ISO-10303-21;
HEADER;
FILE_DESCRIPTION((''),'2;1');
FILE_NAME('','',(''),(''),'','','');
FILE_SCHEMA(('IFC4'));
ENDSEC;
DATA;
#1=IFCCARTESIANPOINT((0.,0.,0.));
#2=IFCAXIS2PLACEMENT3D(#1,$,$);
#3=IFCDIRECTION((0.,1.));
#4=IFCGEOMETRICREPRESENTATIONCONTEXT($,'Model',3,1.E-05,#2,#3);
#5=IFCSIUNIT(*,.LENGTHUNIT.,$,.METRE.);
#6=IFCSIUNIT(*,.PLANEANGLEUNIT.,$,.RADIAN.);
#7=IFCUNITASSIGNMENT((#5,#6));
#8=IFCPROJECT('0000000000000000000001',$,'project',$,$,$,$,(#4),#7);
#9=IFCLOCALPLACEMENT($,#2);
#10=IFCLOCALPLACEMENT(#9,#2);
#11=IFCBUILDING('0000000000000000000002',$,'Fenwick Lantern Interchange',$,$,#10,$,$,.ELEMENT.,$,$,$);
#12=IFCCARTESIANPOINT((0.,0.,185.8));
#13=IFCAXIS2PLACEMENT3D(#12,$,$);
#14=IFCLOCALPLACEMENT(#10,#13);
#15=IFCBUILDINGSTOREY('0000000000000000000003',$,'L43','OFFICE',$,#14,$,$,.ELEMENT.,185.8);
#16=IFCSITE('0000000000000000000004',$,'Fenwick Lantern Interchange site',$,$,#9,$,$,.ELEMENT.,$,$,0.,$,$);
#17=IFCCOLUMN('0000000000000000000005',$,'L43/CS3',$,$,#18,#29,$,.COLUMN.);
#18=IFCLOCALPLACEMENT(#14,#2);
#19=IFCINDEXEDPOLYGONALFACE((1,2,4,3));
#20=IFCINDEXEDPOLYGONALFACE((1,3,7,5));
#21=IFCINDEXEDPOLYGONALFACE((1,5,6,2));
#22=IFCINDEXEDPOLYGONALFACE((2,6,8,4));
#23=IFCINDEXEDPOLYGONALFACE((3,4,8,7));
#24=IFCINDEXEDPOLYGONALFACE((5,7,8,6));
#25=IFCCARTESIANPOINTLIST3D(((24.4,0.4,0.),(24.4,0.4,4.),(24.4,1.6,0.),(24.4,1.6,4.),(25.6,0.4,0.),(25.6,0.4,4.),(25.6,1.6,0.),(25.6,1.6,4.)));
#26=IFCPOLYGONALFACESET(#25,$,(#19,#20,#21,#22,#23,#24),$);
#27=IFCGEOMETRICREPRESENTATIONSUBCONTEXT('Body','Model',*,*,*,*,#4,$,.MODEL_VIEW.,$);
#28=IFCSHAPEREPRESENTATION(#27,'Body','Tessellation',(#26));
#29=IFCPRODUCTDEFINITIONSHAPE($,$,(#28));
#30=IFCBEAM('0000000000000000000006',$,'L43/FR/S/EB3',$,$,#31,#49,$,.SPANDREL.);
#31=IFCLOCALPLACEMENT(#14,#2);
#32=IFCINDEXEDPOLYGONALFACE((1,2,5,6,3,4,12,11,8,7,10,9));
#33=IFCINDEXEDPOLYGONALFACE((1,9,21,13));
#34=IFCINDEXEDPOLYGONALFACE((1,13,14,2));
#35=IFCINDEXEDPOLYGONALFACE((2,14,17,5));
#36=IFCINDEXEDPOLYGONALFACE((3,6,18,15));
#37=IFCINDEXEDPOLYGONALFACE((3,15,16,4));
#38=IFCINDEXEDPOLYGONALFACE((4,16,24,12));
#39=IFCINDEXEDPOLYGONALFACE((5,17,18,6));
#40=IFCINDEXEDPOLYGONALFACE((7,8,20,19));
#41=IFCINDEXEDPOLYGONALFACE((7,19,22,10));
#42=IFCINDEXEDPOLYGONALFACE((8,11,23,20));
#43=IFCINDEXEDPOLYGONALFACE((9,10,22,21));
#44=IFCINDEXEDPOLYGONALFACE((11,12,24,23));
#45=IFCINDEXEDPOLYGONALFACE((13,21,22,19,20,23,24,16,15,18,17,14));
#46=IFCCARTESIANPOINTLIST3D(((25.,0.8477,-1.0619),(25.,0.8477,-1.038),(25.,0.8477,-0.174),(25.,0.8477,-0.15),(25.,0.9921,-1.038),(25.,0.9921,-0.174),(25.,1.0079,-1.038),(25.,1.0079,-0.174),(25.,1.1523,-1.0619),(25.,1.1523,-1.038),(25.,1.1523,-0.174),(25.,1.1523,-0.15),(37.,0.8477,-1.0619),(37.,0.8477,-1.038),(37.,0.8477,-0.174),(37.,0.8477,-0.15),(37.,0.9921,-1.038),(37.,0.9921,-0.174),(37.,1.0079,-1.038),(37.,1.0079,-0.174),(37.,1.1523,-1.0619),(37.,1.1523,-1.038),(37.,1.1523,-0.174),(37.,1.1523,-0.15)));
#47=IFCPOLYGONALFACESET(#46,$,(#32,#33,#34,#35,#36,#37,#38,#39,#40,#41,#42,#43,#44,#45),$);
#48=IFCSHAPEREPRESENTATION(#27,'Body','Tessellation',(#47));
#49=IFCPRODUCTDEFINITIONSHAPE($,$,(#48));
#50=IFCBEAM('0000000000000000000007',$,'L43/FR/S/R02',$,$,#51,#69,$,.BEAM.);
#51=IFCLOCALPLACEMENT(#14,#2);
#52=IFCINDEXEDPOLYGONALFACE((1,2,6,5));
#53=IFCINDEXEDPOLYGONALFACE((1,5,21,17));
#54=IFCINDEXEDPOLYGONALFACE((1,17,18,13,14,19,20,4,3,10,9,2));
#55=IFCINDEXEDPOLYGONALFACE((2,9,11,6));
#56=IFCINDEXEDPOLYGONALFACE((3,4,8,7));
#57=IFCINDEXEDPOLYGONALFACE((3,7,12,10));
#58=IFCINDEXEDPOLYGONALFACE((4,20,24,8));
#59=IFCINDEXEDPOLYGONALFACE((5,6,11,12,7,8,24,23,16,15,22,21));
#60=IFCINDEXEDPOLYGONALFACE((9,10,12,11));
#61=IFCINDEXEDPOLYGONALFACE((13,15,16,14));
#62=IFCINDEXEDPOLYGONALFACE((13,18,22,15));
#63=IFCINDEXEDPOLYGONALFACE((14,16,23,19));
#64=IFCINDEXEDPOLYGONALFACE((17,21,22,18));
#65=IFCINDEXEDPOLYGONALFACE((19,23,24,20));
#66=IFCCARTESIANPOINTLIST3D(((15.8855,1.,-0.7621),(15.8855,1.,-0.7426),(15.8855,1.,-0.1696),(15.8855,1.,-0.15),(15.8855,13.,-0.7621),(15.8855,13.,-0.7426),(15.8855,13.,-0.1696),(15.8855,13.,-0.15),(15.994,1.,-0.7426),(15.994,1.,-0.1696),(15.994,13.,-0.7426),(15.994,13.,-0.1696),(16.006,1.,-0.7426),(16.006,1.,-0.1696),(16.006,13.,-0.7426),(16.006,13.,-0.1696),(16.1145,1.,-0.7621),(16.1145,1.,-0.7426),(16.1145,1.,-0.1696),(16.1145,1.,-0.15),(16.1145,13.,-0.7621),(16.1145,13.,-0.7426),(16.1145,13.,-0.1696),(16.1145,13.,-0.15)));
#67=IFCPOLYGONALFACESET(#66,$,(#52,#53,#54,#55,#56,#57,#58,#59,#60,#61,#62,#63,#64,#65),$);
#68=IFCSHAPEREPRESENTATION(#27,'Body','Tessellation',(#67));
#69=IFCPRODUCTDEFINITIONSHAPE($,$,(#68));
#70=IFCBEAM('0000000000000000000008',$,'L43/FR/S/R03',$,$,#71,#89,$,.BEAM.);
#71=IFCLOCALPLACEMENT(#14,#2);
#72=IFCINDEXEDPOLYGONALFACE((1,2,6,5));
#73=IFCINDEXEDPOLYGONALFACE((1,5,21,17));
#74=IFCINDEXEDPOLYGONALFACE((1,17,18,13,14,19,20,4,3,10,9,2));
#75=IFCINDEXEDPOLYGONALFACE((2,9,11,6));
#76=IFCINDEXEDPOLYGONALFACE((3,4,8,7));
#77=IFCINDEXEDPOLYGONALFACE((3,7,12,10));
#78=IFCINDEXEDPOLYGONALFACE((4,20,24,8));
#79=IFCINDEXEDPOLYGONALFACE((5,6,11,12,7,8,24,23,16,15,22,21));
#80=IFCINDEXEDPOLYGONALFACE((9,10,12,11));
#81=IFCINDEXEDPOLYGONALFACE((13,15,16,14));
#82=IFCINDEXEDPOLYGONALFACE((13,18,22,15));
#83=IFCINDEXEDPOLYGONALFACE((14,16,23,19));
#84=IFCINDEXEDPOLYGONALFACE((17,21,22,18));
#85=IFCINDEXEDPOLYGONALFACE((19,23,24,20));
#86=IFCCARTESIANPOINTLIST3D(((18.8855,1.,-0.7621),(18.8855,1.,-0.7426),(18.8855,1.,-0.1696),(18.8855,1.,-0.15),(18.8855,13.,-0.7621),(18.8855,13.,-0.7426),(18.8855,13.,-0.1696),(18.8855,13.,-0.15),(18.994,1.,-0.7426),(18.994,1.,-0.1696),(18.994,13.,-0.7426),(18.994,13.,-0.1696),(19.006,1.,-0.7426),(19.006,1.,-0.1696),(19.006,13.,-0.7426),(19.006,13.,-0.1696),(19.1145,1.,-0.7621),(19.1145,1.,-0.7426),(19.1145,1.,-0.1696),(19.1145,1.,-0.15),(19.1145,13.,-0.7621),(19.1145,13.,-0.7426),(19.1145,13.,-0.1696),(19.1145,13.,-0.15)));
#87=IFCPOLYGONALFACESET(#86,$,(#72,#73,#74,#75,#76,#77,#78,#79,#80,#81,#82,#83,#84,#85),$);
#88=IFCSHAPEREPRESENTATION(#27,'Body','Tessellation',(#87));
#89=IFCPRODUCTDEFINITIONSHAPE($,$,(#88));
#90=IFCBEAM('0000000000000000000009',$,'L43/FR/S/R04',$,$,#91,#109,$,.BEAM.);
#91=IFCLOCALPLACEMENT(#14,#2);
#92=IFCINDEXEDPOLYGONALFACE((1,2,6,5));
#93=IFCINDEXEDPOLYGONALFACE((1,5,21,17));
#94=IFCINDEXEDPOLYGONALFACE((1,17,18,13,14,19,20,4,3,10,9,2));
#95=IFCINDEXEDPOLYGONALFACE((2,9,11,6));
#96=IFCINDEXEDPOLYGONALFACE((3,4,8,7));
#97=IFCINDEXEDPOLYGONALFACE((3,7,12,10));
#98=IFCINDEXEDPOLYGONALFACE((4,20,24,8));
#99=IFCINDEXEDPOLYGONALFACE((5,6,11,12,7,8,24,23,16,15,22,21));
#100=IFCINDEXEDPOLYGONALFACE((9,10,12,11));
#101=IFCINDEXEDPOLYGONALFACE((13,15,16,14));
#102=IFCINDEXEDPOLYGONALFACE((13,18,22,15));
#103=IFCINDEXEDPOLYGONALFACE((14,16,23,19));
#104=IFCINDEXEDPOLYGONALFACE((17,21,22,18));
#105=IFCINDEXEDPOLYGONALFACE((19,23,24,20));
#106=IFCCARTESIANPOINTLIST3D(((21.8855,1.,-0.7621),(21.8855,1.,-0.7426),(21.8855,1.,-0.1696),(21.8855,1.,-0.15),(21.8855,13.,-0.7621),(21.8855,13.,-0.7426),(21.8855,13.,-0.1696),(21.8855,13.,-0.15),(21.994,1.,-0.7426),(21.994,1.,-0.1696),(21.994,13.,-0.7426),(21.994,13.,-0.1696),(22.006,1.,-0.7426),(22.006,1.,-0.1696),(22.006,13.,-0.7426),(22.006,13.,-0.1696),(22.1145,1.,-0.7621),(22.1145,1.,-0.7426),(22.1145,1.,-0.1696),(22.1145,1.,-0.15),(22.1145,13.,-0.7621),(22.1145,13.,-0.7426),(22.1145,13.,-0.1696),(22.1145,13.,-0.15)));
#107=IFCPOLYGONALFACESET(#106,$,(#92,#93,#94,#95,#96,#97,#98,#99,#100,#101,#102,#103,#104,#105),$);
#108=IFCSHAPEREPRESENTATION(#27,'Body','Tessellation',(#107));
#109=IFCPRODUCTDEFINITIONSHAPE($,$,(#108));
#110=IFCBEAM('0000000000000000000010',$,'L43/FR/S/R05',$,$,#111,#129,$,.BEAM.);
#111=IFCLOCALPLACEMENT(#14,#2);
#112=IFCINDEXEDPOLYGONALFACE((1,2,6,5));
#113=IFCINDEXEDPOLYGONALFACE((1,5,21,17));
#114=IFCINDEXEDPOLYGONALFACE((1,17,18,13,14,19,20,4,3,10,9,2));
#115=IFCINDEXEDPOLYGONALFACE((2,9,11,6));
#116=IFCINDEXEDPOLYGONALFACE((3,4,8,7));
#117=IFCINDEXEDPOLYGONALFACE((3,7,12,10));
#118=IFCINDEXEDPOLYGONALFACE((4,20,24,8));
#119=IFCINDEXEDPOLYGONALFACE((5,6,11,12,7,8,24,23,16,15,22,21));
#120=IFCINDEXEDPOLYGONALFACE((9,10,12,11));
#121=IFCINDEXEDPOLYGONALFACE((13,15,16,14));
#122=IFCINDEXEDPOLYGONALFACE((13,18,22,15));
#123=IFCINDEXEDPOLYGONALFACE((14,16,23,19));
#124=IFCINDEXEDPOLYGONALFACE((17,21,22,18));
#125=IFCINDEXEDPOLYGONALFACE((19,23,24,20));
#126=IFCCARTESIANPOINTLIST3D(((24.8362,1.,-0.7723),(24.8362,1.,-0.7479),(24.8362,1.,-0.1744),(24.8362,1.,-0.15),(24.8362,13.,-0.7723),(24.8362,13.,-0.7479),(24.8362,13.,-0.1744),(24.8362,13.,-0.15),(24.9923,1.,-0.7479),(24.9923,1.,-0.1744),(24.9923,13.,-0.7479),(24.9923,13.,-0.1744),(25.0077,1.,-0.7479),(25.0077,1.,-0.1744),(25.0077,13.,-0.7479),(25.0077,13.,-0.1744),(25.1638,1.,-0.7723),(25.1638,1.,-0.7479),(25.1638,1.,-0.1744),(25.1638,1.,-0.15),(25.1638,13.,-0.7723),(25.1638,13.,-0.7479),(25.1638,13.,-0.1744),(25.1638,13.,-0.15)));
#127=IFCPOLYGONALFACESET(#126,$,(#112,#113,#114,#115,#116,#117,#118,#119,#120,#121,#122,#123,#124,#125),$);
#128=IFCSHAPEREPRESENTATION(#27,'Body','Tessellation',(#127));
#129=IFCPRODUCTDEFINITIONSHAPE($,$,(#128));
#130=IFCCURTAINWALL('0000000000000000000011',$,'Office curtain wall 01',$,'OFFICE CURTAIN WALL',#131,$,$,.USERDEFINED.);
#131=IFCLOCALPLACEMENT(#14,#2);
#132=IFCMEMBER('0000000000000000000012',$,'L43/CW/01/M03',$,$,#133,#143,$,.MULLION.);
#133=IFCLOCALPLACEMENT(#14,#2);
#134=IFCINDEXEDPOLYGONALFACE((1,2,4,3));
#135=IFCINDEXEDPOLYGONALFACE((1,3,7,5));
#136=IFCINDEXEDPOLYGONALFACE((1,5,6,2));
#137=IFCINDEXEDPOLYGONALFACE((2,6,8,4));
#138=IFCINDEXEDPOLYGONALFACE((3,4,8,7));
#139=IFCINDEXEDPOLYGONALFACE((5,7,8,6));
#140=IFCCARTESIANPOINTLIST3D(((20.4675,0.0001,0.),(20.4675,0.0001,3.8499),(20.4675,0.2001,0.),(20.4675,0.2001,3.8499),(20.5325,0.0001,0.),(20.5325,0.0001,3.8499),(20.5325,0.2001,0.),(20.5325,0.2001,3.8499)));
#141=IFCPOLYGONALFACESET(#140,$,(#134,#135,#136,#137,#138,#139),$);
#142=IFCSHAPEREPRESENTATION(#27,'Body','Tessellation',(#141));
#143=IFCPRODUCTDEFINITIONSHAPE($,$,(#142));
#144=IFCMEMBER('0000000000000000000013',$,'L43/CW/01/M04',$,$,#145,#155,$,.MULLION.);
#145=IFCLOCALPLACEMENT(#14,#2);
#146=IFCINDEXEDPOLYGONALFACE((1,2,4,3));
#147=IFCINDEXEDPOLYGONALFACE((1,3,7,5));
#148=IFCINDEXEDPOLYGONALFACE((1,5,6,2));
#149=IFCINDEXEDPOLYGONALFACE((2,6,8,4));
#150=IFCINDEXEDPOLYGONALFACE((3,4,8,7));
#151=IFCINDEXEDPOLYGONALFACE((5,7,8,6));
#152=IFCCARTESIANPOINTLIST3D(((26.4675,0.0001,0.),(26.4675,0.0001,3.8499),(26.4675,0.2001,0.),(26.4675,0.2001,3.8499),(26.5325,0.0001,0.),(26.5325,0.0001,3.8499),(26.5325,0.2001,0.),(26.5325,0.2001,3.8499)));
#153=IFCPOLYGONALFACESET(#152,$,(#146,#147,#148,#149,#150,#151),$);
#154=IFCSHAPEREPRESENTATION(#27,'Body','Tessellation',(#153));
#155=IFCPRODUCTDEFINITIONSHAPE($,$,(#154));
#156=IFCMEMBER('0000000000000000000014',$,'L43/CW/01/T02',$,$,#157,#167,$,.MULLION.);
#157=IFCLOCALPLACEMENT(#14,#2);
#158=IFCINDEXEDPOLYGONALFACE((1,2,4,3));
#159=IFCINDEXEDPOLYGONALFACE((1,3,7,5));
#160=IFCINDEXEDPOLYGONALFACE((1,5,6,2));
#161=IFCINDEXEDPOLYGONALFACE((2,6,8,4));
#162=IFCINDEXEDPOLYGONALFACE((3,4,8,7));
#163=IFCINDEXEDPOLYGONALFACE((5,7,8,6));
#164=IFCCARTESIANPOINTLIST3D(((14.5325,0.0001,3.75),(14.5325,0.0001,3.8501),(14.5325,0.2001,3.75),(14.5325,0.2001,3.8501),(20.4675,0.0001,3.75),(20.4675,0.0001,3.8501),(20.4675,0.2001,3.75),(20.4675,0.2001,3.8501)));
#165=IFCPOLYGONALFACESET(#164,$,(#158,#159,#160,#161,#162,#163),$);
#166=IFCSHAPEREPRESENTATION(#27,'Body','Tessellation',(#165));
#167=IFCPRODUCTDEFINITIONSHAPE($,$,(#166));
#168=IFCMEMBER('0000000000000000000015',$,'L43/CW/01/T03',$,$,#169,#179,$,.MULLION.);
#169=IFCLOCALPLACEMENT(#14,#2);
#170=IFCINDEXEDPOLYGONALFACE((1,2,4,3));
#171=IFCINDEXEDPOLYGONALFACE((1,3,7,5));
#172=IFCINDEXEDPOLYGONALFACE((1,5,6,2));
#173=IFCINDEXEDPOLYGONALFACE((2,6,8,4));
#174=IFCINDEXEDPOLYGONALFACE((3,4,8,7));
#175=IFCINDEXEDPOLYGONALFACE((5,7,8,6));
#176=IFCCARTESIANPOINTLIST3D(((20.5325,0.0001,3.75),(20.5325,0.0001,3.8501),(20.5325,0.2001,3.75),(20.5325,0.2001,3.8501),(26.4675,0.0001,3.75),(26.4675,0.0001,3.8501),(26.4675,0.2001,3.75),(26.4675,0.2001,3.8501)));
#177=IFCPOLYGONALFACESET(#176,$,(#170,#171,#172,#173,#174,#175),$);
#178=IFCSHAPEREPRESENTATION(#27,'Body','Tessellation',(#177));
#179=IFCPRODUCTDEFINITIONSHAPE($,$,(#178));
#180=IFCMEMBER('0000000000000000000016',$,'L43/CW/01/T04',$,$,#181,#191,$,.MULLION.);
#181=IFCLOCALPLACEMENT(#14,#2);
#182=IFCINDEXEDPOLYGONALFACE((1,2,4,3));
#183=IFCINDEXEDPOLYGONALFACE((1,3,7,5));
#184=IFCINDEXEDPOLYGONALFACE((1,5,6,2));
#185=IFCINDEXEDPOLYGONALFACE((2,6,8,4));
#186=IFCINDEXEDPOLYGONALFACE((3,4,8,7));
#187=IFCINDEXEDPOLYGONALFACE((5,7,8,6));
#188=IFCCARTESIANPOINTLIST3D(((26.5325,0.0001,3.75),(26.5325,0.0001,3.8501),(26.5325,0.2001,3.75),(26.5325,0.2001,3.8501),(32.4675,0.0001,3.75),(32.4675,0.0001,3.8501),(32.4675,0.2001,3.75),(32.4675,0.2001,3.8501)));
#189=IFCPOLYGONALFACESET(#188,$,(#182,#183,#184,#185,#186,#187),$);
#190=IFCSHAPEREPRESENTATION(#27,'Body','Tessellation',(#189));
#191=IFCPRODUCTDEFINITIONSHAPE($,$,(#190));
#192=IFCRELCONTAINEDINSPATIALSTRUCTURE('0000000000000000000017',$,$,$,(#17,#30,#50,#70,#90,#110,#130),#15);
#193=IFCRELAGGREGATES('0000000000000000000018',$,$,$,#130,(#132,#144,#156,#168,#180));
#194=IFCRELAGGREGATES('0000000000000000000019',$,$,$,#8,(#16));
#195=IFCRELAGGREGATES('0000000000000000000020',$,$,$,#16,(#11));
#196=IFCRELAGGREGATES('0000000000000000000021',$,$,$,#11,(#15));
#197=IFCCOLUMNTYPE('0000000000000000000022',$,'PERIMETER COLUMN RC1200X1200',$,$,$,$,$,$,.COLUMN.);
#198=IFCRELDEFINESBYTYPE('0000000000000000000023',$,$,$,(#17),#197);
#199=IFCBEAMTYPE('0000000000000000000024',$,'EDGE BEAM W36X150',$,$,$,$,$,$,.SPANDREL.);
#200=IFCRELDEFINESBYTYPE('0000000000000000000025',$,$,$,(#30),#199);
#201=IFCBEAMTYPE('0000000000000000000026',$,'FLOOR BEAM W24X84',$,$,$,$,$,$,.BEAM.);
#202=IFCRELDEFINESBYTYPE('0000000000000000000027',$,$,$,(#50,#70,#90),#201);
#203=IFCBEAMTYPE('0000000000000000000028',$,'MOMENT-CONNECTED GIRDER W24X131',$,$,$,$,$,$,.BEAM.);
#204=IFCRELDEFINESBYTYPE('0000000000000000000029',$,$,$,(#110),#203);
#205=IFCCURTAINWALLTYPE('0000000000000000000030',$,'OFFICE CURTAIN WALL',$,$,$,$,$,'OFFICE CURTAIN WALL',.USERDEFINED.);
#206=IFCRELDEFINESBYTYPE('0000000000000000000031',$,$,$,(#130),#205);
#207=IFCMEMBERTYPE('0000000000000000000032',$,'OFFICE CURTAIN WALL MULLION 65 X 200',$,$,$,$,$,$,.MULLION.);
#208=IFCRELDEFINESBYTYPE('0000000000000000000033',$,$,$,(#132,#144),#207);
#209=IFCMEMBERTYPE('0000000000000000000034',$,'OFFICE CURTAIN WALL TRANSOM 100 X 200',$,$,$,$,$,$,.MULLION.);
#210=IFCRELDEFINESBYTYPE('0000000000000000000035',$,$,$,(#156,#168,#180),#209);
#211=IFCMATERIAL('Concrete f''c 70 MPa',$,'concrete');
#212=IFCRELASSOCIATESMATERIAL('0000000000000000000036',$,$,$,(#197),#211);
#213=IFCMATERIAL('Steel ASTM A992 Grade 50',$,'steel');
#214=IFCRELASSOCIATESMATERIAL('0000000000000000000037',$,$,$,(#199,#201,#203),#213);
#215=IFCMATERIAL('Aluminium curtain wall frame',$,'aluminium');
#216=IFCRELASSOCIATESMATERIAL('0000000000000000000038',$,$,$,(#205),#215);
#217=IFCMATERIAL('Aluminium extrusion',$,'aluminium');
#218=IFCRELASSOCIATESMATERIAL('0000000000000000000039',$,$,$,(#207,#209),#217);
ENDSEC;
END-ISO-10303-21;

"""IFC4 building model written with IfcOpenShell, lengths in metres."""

from ifc_helpers import new_model, si_unit, direction, frame, origin, origin_2d, place, context, subcontext, project, spatial, rectangle, i_section, extrude, material, material_profile, profile_set, type_object, element, aggregate, save


model = new_model("IFC4")

# Units and contexts
model_context = context("Model", 3, precision=1e-05, world=origin(), true_north=direction((0.0, 1.0)))
body_context = subcontext(model_context, "Body", "Model", "MODEL_VIEW")
ifc_project = project(units=[si_unit("LENGTHUNIT", "METRE"), si_unit("PLANEANGLEUNIT", "RADIAN")], contexts=[model_context])

# Site, building, storey
site_placement = place(None, origin())
site = spatial("IfcSite", under=ifc_project, at=site_placement, Name="Fenwick Lantern Interchange site", CompositionType="ELEMENT", RefElevation=0.0)
building_placement = place(site_placement, origin())
building = spatial("IfcBuilding", under=site, at=building_placement, Name="Fenwick Lantern Interchange", CompositionType="ELEMENT")
storey_placement = place(building_placement, frame((0.0, 0.0, 185.8)))
storey = spatial("IfcBuildingStorey", under=building, at=storey_placement, Name="L43", Description="OFFICE", CompositionType="ELEMENT", Elevation=185.8)

# Column
ifc_material_1 = material(Name="Concrete f'c 70 MPa", Category="concrete")
ifc_material_profile_1 = material_profile(ifc_material_1, rectangle(XDim=1.2, YDim=1.2, at=origin_2d()), Name="RC1200X1200")
ifc_profile_set_1 = profile_set([ifc_material_profile_1], Name="Concrete f'c 70 MPa")
column_type = type_object("IfcColumnType", Name="PERIMETER COLUMN RC1200X1200", PredefinedType="COLUMN", material=ifc_profile_set_1)
column_placement = place(storey_placement, frame((25.0, 1.0, 0.0), z_axis=(0.0, 0.0, 1.0), x_axis=(1.0, 0.0, 0.0)))
element("IfcColumn", 1, at=column_placement, inside=storey, type_object=column_type, Name="L43/CS3", PredefinedType="COLUMN", context=body_context, shape_type="SweptSolid", body=[
    extrude(rectangle(XDim=1.2, YDim=1.2, at=origin_2d()), origin(), (0.0, 0.0, 1.0), 4.0),
])

# Beams
ifc_material_2 = material(Name="Steel ASTM A992 Grade 50", Category="steel")
ifc_material_profile_2 = material_profile(ifc_material_2, i_section(OverallWidth=0.3047, OverallDepth=0.9119, WebThickness=0.0159, FlangeThickness=0.0239, at=origin_2d()), Name="W36X150")
ifc_profile_set_2 = profile_set([ifc_material_profile_2], Name="Steel ASTM A992 Grade 50")
beam_type_1 = type_object("IfcBeamType", Name="EDGE BEAM W36X150", PredefinedType="SPANDREL", material=ifc_profile_set_2)
beam_1_placement = place(storey_placement, frame((25.0, 1.0, -0.606), z_axis=(1.0, 0.0, 0.0), x_axis=(0.0, 1.0, 0.0)))
element("IfcBeam", 2, at=beam_1_placement, inside=storey, type_object=beam_type_1, Name="L43/FR/S/EB3", PredefinedType="SPANDREL", context=body_context, shape_type="SweptSolid", body=[
    extrude(i_section(OverallWidth=0.3047, OverallDepth=0.9119, WebThickness=0.0159, FlangeThickness=0.0239, at=origin_2d()), origin(), (0.0, 0.0, 1.0), 12.0),
])
ifc_material_profile_3 = material_profile(ifc_material_2, i_section(OverallWidth=0.229, OverallDepth=0.6121, WebThickness=0.012, FlangeThickness=0.0195, at=origin_2d()), Name="W24X84")
ifc_profile_set_3 = profile_set([ifc_material_profile_3], Name="Steel ASTM A992 Grade 50")
beam_type_2 = type_object("IfcBeamType", Name="FLOOR BEAM W24X84", PredefinedType="BEAM", material=ifc_profile_set_3)
for number, where, z_axis, x_axis, name in (
    (3, (16.0, 1.0, -0.4561), (0.0, 1.0, 0.0), (-1.0, 0.0, 0.0), "L43/FR/S/R02"),
    (4, (19.0, 1.0, -0.4561), (0.0, 1.0, 0.0), (-1.0, 0.0, 0.0), "L43/FR/S/R03"),
    (5, (22.0, 1.0, -0.4561), (0.0, 1.0, 0.0), (-1.0, 0.0, 0.0), "L43/FR/S/R04"),
):
    element("IfcBeam", number, at=place(storey_placement, frame(where, z_axis=z_axis, x_axis=x_axis)), inside=storey, type_object=beam_type_2, Name=name, PredefinedType="BEAM", context=body_context, shape_type="SweptSolid", body=[
        extrude(i_section(OverallWidth=0.229, OverallDepth=0.6121, WebThickness=0.012, FlangeThickness=0.0195, at=origin_2d()), origin(), (0.0, 0.0, 1.0), 12.0),
    ])
ifc_material_profile_4 = material_profile(ifc_material_2, i_section(OverallWidth=0.3276, OverallDepth=0.6223, WebThickness=0.0154, FlangeThickness=0.0244, at=origin_2d()), Name="W24X131")
ifc_profile_set_4 = profile_set([ifc_material_profile_4], Name="Steel ASTM A992 Grade 50")
beam_type_3 = type_object("IfcBeamType", Name="MOMENT-CONNECTED GIRDER W24X131", PredefinedType="BEAM", material=ifc_profile_set_4)
beam_2_placement = place(storey_placement, frame((25.0, 1.0, -0.4612), z_axis=(0.0, 1.0, 0.0), x_axis=(-1.0, 0.0, 0.0)))
element("IfcBeam", 6, at=beam_2_placement, inside=storey, type_object=beam_type_3, Name="L43/FR/S/R05", PredefinedType="BEAM", context=body_context, shape_type="SweptSolid", body=[
    extrude(i_section(OverallWidth=0.3276, OverallDepth=0.6223, WebThickness=0.0154, FlangeThickness=0.0244, at=origin_2d()), origin(), (0.0, 0.0, 1.0), 12.0),
])

# Curtain wall, members
ifc_material_3 = material(Name="Aluminium curtain wall frame", Category="aluminium")
curtain_wall_type = type_object("IfcCurtainWallType", Name="OFFICE CURTAIN WALL", ElementType="OFFICE CURTAIN WALL", PredefinedType="USERDEFINED", material=ifc_material_3)
curtain_wall_placement = place(storey_placement, origin())
curtain_wall = element("IfcCurtainWall", 7, at=curtain_wall_placement, inside=storey, type_object=curtain_wall_type, Name="Office curtain wall 01", ObjectType="OFFICE CURTAIN WALL", PredefinedType="USERDEFINED")
ifc_material_4 = material(Name="Aluminium extrusion", Category="aluminium")
ifc_material_profile_5 = material_profile(ifc_material_4, rectangle(XDim=0.2, YDim=0.0649, at=origin_2d()), Name="OFFICE CURTAIN WALL MULLION 65 X 200")
ifc_profile_set_5 = profile_set([ifc_material_profile_5], Name="Aluminium extrusion")
member_type_1 = type_object("IfcMemberType", Name="OFFICE CURTAIN WALL MULLION 65 X 200", PredefinedType="MULLION", material=ifc_profile_set_5)
member_1_placement = place(storey_placement, frame((20.5, 0.1001, 0.0), z_axis=(0.0, 0.0, 1.0), x_axis=(0.0, 1.0, 0.0)))
member_1 = element("IfcMember", 8, at=member_1_placement, type_object=member_type_1, Name="L43/CW/01/M03", PredefinedType="MULLION", context=body_context, shape_type="SweptSolid", body=[
    extrude(rectangle(XDim=0.2, YDim=0.0649, at=origin_2d()), origin(), (0.0, 0.0, 1.0), 3.8499),
])
member_2_placement = place(storey_placement, frame((26.5, 0.1001, 0.0), z_axis=(0.0, 0.0, 1.0), x_axis=(0.0, 1.0, 0.0)))
member_2 = element("IfcMember", 9, at=member_2_placement, type_object=member_type_1, Name="L43/CW/01/M04", PredefinedType="MULLION", context=body_context, shape_type="SweptSolid", body=[
    extrude(rectangle(XDim=0.2, YDim=0.0649, at=origin_2d()), origin(), (0.0, 0.0, 1.0), 3.8499),
])
ifc_material_profile_6 = material_profile(ifc_material_4, rectangle(XDim=0.2, YDim=0.1001, at=origin_2d()), Name="OFFICE CURTAIN WALL TRANSOM 100 X 200")
ifc_profile_set_6 = profile_set([ifc_material_profile_6], Name="Aluminium extrusion")
member_type_2 = type_object("IfcMemberType", Name="OFFICE CURTAIN WALL TRANSOM 100 X 200", PredefinedType="MULLION", material=ifc_profile_set_6)
member_3_placement = place(storey_placement, frame((14.5325, 0.1001, 3.8), z_axis=(1.0, 0.0, 0.0), x_axis=(0.0, 1.0, 0.0)))
member_3 = element("IfcMember", 10, at=member_3_placement, type_object=member_type_2, Name="L43/CW/01/T02", PredefinedType="MULLION", context=body_context, shape_type="SweptSolid", body=[
    extrude(rectangle(XDim=0.2, YDim=0.1001, at=origin_2d()), origin(), (0.0, 0.0, 1.0), 5.9351),
])
member_4_placement = place(storey_placement, frame((20.5325, 0.1001, 3.8), z_axis=(1.0, 0.0, 0.0), x_axis=(0.0, 1.0, 0.0)))
member_4 = element("IfcMember", 11, at=member_4_placement, type_object=member_type_2, Name="L43/CW/01/T03", PredefinedType="MULLION", context=body_context, shape_type="SweptSolid", body=[
    extrude(rectangle(XDim=0.2, YDim=0.1001, at=origin_2d()), origin(), (0.0, 0.0, 1.0), 5.9351),
])
member_5_placement = place(storey_placement, frame((26.5325, 0.1001, 3.8), z_axis=(1.0, 0.0, 0.0), x_axis=(0.0, 1.0, 0.0)))
member_5 = element("IfcMember", 12, at=member_5_placement, type_object=member_type_2, Name="L43/CW/01/T04", PredefinedType="MULLION", context=body_context, shape_type="SweptSolid", body=[
    extrude(rectangle(XDim=0.2, YDim=0.1001, at=origin_2d()), origin(), (0.0, 0.0, 1.0), 5.9351),
])
aggregate(curtain_wall, [member_1, member_2, member_3, member_4, member_5])

save(model, "model.ifc")
